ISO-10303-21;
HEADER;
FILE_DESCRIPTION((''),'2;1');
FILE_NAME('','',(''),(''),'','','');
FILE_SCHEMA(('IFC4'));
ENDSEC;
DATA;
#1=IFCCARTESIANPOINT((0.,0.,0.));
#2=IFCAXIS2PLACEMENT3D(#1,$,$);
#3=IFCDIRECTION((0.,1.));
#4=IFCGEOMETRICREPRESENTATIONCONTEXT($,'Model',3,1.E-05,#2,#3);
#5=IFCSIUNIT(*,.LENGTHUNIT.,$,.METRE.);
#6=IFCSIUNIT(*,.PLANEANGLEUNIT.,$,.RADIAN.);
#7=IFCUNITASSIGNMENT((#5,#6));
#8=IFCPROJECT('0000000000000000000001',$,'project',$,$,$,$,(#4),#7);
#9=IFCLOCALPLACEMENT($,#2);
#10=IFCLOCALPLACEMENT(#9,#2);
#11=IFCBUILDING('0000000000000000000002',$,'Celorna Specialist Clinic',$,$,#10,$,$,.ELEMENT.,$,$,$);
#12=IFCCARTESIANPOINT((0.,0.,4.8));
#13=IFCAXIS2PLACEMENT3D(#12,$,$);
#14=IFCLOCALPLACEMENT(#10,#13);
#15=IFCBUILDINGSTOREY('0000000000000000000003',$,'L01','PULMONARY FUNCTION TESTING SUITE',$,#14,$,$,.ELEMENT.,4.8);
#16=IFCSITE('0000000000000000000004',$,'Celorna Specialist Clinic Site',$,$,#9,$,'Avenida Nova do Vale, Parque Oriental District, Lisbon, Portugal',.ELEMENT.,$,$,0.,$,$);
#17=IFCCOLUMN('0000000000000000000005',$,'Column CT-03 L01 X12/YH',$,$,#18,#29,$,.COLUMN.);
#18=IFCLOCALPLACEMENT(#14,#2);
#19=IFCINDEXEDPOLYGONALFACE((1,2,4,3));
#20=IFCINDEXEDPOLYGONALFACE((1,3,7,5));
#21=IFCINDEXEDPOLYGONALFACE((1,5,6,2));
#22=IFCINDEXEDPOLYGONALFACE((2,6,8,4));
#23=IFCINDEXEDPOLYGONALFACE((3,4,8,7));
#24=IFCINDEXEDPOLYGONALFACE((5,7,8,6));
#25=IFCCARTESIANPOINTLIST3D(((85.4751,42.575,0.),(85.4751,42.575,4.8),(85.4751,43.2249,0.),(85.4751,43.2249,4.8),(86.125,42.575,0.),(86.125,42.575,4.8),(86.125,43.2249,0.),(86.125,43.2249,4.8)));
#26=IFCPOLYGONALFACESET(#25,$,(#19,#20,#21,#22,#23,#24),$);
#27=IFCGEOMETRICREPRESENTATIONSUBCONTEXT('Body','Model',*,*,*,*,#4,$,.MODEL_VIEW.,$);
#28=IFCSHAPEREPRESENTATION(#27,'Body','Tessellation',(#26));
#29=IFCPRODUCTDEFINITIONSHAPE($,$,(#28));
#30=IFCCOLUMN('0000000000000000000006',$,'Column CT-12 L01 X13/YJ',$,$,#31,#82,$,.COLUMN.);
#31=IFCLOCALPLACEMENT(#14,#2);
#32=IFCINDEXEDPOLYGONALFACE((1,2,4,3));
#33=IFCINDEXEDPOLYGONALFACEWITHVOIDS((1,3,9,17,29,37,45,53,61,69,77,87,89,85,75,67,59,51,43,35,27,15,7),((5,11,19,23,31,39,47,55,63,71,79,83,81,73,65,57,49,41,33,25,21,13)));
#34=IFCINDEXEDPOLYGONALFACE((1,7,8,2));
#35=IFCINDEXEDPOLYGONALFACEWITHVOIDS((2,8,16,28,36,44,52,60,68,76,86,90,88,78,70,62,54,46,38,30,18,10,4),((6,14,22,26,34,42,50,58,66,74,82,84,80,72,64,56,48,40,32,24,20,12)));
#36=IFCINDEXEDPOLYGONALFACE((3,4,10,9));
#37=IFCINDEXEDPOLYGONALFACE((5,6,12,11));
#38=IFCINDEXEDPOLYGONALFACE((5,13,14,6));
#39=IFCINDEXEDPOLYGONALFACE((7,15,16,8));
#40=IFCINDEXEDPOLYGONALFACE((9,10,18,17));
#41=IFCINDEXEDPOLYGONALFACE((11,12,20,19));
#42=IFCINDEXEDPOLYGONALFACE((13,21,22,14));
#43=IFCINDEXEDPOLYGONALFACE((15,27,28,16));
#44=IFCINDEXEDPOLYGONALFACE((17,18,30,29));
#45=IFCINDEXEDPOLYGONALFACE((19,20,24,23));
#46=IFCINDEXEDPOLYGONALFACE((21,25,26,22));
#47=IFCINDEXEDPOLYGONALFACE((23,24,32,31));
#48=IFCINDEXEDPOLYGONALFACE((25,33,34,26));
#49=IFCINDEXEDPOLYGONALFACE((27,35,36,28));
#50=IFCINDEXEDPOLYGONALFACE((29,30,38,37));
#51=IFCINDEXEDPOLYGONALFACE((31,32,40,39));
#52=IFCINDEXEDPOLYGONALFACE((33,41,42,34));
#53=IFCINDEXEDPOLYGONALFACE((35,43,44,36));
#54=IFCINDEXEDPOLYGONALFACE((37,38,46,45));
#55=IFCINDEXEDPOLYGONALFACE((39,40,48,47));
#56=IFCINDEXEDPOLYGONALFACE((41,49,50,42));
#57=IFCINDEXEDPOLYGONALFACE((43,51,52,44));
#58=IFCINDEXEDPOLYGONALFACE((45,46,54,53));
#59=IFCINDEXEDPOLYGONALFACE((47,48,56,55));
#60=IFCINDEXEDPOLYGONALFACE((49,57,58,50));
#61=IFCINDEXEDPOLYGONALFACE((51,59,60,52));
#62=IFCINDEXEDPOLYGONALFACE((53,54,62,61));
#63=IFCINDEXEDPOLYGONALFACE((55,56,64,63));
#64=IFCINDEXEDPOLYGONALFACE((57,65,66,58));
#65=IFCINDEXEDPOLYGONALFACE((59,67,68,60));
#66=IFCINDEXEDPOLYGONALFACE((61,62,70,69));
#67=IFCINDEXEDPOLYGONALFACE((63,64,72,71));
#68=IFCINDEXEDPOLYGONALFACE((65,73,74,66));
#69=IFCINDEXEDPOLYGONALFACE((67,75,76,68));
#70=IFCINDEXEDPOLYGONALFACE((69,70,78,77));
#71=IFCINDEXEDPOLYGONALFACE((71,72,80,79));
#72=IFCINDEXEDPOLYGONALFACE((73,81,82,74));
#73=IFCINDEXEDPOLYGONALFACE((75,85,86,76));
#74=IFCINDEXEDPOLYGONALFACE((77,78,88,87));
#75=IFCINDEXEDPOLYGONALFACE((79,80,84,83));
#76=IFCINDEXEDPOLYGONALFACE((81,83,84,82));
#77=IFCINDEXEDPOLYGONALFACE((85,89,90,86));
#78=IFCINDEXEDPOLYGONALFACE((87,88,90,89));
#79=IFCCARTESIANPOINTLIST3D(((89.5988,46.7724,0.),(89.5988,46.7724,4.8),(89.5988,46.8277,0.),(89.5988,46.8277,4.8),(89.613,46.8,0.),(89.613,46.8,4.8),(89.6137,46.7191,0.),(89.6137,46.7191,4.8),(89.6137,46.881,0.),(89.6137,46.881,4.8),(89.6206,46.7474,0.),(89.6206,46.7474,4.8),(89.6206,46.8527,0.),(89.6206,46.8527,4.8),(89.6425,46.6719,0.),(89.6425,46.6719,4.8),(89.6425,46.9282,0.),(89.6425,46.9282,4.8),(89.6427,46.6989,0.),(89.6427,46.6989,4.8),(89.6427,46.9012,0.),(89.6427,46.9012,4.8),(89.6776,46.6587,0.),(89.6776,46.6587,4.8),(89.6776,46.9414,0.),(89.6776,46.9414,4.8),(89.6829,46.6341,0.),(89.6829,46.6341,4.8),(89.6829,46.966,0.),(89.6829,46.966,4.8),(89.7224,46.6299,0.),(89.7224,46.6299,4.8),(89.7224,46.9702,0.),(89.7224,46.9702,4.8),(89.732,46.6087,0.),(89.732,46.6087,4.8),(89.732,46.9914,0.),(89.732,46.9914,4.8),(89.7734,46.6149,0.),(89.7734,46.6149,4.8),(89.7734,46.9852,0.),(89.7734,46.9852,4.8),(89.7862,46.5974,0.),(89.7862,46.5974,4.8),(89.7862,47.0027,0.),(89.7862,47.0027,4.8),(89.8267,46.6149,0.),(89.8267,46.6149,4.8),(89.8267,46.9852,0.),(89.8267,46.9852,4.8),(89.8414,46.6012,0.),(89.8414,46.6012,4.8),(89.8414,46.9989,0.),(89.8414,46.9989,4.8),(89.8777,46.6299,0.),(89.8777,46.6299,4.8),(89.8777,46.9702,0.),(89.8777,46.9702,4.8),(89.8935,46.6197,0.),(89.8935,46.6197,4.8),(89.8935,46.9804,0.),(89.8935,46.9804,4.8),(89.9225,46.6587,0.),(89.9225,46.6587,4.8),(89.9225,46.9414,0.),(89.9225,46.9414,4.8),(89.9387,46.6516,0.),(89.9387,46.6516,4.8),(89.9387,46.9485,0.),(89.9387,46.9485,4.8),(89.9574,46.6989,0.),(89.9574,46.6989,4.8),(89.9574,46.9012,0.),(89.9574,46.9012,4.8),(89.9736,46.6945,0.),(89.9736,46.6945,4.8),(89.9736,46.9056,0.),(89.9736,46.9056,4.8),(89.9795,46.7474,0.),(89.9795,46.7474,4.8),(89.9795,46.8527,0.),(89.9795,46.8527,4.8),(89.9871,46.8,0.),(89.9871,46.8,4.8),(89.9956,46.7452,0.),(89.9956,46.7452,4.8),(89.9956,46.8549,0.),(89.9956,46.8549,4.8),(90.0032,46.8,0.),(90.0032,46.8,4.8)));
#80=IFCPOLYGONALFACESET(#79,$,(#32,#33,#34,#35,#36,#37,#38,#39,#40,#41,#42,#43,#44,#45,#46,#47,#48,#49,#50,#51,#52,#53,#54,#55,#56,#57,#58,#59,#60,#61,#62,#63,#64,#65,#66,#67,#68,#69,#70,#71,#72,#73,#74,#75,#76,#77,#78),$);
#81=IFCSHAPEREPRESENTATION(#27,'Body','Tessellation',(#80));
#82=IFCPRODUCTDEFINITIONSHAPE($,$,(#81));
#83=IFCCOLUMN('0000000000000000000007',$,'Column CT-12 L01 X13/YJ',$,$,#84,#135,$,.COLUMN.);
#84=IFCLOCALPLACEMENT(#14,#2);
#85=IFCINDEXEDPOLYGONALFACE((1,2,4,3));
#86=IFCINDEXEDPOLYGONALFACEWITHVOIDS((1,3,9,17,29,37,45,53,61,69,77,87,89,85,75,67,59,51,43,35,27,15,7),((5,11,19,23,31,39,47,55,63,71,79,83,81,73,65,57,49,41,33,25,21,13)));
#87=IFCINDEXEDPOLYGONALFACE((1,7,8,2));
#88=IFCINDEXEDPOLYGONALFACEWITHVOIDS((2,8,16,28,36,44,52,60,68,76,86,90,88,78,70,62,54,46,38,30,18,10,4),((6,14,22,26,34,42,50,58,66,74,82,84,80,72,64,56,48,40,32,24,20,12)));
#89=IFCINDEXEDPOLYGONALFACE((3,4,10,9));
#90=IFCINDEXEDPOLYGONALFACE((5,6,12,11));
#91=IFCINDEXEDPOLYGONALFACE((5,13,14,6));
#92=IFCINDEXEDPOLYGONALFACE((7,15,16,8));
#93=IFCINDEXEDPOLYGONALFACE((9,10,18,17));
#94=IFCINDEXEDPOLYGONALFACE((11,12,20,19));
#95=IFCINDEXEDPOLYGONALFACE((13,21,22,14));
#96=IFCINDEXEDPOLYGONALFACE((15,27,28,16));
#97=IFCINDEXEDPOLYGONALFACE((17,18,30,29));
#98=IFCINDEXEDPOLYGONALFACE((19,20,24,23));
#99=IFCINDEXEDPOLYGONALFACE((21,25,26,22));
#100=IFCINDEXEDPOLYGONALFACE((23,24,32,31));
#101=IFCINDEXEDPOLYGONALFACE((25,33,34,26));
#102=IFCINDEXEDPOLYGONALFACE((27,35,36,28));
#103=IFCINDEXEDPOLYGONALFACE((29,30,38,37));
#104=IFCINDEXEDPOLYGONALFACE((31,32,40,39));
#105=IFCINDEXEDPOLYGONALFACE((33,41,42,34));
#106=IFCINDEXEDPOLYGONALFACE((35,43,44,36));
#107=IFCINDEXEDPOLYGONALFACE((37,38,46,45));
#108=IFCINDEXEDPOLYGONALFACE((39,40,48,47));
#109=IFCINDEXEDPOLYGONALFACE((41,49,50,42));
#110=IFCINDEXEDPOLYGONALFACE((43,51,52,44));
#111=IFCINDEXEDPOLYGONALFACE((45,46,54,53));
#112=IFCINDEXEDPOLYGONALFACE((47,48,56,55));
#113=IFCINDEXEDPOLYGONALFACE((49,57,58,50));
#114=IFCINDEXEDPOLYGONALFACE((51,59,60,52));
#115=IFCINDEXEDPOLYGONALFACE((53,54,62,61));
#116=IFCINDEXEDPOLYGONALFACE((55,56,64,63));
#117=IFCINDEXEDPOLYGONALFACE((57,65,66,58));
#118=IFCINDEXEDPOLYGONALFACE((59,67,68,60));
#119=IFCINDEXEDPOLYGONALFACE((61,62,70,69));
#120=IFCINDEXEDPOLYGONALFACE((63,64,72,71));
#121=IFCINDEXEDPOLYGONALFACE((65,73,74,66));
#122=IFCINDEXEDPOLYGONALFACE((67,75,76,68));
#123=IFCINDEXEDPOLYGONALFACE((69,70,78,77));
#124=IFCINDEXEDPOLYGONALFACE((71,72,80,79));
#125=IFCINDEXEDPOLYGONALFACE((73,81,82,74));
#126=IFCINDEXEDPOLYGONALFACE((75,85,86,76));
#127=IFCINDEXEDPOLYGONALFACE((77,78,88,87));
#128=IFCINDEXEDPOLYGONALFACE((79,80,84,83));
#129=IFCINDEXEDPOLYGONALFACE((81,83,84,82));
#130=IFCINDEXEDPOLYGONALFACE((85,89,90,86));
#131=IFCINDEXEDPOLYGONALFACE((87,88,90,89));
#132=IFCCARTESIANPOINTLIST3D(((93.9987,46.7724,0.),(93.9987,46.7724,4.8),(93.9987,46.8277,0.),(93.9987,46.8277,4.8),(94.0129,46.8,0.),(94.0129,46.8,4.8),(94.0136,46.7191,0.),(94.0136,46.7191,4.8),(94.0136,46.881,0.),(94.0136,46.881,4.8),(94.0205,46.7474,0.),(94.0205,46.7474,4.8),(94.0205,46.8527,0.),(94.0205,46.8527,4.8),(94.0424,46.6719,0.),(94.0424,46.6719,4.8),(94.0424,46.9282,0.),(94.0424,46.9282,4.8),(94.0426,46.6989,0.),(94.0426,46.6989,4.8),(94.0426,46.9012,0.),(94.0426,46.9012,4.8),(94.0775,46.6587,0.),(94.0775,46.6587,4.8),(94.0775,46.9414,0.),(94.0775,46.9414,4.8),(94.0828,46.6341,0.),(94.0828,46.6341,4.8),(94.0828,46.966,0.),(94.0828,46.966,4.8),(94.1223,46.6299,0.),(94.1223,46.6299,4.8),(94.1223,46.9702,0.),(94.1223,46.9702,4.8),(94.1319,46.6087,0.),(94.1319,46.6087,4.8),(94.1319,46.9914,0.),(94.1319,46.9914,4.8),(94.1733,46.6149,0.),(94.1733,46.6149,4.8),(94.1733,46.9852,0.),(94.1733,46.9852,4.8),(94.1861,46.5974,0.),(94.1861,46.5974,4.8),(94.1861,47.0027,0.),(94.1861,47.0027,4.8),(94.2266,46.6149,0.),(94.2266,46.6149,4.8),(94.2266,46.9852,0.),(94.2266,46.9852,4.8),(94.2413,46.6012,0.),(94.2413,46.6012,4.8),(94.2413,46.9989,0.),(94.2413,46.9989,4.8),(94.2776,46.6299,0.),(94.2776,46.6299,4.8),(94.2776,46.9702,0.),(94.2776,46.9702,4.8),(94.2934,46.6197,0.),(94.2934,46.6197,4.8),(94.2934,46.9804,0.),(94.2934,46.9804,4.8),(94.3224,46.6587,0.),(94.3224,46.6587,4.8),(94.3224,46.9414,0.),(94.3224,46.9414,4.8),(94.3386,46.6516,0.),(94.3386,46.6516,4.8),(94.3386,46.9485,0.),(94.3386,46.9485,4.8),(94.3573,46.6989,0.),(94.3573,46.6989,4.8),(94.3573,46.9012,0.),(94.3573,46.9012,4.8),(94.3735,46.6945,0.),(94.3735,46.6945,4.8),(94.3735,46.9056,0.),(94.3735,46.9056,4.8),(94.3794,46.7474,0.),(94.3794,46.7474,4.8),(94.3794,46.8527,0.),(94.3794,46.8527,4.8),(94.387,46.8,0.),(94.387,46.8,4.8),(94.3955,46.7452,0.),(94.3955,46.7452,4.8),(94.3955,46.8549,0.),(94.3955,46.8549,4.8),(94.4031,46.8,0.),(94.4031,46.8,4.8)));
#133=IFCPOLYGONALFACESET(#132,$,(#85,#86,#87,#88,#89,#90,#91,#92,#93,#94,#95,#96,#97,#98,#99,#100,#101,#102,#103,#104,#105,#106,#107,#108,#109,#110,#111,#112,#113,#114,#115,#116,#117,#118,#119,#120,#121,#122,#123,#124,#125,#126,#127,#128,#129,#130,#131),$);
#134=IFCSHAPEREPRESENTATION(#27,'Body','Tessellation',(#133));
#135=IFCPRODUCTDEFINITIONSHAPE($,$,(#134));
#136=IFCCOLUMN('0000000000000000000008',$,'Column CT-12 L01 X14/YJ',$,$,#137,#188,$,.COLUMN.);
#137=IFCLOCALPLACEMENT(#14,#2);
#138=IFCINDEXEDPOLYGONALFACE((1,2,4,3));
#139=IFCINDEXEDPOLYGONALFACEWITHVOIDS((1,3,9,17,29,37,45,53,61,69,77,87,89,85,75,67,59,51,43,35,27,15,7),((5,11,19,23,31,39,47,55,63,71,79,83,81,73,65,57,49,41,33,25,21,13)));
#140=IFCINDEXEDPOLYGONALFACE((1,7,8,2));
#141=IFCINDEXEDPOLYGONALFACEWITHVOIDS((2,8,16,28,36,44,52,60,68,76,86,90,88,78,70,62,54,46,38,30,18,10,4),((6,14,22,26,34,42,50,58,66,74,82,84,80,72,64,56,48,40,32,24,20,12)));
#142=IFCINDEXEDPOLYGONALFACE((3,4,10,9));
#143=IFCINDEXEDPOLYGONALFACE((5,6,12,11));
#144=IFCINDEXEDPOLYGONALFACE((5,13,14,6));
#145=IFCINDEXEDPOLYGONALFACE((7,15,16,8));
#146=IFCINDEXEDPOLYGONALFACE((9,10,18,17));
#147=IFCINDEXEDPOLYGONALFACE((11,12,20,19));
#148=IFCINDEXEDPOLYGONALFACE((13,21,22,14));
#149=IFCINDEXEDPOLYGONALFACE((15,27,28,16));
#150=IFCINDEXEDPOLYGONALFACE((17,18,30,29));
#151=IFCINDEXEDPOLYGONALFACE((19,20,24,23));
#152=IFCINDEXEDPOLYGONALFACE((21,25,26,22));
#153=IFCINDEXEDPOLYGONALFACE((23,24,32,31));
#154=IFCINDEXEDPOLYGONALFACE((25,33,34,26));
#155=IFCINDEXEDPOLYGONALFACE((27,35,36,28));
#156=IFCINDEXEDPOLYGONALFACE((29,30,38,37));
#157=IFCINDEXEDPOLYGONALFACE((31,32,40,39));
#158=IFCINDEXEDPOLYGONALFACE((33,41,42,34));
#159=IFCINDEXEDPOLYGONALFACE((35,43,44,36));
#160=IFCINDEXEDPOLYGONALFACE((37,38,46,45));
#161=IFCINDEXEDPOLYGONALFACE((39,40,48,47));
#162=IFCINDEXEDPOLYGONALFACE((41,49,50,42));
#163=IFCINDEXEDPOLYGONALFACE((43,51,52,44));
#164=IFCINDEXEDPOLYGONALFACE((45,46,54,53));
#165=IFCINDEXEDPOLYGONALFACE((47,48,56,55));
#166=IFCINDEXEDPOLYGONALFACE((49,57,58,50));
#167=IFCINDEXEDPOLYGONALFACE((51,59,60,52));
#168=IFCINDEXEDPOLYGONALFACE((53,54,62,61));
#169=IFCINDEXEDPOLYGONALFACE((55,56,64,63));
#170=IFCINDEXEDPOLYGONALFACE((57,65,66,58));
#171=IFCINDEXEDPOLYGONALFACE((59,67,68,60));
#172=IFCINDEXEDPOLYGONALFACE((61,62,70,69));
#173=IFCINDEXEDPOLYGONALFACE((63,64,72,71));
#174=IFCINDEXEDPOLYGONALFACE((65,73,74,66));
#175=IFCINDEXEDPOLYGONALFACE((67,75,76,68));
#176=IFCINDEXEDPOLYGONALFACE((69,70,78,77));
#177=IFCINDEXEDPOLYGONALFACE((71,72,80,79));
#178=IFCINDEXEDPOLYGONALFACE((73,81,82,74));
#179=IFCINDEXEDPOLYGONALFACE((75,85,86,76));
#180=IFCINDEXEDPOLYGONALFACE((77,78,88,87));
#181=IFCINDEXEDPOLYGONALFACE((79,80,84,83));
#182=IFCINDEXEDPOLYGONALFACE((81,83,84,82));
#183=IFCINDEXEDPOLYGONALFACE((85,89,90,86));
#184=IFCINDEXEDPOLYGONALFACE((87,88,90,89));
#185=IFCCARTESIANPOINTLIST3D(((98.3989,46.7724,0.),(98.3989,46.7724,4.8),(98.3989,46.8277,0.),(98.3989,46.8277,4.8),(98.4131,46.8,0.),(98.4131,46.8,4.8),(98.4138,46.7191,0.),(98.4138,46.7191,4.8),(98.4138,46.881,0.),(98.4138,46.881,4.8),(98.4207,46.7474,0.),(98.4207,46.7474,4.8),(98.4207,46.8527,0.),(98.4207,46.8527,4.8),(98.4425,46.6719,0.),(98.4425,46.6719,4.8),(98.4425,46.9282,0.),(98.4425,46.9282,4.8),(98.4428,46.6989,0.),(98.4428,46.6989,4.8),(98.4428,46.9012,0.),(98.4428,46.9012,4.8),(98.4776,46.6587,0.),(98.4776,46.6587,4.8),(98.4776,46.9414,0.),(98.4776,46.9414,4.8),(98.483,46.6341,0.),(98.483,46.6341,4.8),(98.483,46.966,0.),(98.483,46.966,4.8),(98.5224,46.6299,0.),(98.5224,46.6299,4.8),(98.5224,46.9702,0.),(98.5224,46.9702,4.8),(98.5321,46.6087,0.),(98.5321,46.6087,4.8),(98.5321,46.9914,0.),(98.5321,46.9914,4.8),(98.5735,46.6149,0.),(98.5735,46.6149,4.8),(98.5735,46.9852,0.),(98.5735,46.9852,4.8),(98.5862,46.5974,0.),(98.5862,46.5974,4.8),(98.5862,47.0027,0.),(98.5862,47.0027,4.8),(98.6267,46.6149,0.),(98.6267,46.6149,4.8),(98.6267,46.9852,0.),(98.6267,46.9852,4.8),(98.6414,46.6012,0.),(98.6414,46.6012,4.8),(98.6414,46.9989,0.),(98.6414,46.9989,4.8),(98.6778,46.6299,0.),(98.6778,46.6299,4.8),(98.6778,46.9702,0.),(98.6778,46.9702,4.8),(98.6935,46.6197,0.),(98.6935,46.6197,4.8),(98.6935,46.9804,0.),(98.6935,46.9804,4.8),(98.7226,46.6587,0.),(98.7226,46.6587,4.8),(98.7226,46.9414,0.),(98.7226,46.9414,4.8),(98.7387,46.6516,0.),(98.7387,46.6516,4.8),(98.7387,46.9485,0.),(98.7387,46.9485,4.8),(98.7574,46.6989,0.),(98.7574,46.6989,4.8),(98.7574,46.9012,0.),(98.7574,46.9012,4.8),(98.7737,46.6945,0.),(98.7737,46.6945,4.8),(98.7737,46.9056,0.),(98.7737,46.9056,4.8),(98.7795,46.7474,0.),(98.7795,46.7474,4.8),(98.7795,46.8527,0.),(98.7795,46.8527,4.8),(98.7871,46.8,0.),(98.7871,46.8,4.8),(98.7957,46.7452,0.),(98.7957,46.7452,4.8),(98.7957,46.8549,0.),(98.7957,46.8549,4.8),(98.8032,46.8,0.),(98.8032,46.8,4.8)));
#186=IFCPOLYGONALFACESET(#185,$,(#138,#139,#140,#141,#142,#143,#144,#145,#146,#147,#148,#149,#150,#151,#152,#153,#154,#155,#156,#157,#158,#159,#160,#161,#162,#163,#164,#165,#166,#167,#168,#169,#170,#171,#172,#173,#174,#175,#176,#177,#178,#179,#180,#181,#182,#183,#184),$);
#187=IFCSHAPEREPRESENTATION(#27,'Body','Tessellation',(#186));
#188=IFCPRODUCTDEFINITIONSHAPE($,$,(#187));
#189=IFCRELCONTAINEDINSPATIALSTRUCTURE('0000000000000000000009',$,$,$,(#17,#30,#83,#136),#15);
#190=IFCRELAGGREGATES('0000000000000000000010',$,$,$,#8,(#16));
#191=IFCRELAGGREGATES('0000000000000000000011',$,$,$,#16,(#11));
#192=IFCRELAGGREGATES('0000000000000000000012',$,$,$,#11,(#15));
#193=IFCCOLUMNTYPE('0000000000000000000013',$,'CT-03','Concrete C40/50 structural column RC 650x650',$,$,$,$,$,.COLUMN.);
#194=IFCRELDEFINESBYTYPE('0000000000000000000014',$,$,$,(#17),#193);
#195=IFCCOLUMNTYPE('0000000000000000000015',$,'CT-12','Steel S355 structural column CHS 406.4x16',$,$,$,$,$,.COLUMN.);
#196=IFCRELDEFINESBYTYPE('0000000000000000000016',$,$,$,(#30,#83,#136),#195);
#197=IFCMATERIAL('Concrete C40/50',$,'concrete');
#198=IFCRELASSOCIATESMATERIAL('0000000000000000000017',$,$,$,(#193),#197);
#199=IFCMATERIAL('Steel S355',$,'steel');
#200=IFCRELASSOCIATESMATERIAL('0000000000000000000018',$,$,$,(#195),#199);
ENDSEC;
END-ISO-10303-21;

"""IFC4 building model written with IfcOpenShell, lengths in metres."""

from ifc_helpers import new_model, si_unit, direction, frame, origin, origin_2d, place, context, subcontext, project, spatial, rectangle, hollow_circle, extrude, material, material_profile, profile_set, type_object, element, save


model = new_model("IFC4")

# Units and contexts
model_context = context("Model", 3, precision=1e-05, world=origin(), true_north=direction((0.0, 1.0)))
body_context = subcontext(model_context, "Body", "Model", "MODEL_VIEW")
ifc_project = project(units=[si_unit("LENGTHUNIT", "METRE"), si_unit("PLANEANGLEUNIT", "RADIAN")], contexts=[model_context])

# Site, building, storey
site_placement = place(None, origin())
site = spatial("IfcSite", under=ifc_project, at=site_placement, Name="Celorna Specialist Clinic Site", LongName="Avenida Nova do Vale, Parque Oriental District, Lisbon, Portugal", CompositionType="ELEMENT", RefElevation=0.0)
building_placement = place(site_placement, origin())
building = spatial("IfcBuilding", under=site, at=building_placement, Name="Celorna Specialist Clinic", CompositionType="ELEMENT")
storey_placement = place(building_placement, frame((0.0, 0.0, 4.8)))
storey = spatial("IfcBuildingStorey", under=building, at=storey_placement, Name="L01", Description="PULMONARY FUNCTION TESTING SUITE", CompositionType="ELEMENT", Elevation=4.8)

# Columns
ifc_material_1 = material(Name="Concrete C40/50", Category="concrete")
ifc_material_profile_1 = material_profile(ifc_material_1, rectangle(XDim=0.6499, YDim=0.6499, at=origin_2d()), Name="RC 650x650")
ifc_profile_set_1 = profile_set([ifc_material_profile_1], Name="Concrete C40/50")
column_type_1 = type_object("IfcColumnType", Name="CT-03", Description="Concrete C40/50 structural column RC 650x650", PredefinedType="COLUMN", material=ifc_profile_set_1)
column_placement = place(storey_placement, frame((85.8, 42.8999, 0.0), z_axis=(0.0, 0.0, 1.0), x_axis=(1.0, 0.0, 0.0)))
element("IfcColumn", 1, at=column_placement, inside=storey, type_object=column_type_1, Name="Column CT-03 L01 X12/YH", PredefinedType="COLUMN", context=body_context, shape_type="SweptSolid", body=[
    extrude(rectangle(XDim=0.6499, YDim=0.6499, at=origin_2d()), origin(), (0.0, 0.0, 1.0), 4.8),
])
ifc_material_2 = material(Name="Steel S355", Category="steel")
ifc_material_profile_2 = material_profile(ifc_material_2, hollow_circle(Radius=0.2031, WallThickness=0.0161, at=origin_2d()), Name="CHS 406.4x16")
ifc_profile_set_2 = profile_set([ifc_material_profile_2], Name="Steel S355")
column_type_2 = type_object("IfcColumnType", Name="CT-12", Description="Steel S355 structural column CHS 406.4x16", PredefinedType="COLUMN", material=ifc_profile_set_2)
for number, where, z_axis, x_axis, name in (
    (2, (89.8, 46.8, 0.0), (0.0, 0.0, 1.0), (1.0, 0.0, 0.0), "Column CT-12 L01 X13/YJ"),
    (3, (94.2, 46.8, 0.0), (0.0, 0.0, 1.0), (1.0, 0.0, 0.0), "Column CT-12 L01 X13/YJ"),
    (4, (98.6001, 46.8, 0.0), (0.0, 0.0, 1.0), (1.0, 0.0, 0.0), "Column CT-12 L01 X14/YJ"),
):
    element("IfcColumn", number, at=place(storey_placement, frame(where, z_axis=z_axis, x_axis=x_axis)), inside=storey, type_object=column_type_2, Name=name, PredefinedType="COLUMN", context=body_context, shape_type="SweptSolid", body=[
        extrude(hollow_circle(Radius=0.2031, WallThickness=0.0161, at=origin_2d()), origin(), (0.0, 0.0, 1.0), 4.8),
    ])

save(model, "model.ifc")
